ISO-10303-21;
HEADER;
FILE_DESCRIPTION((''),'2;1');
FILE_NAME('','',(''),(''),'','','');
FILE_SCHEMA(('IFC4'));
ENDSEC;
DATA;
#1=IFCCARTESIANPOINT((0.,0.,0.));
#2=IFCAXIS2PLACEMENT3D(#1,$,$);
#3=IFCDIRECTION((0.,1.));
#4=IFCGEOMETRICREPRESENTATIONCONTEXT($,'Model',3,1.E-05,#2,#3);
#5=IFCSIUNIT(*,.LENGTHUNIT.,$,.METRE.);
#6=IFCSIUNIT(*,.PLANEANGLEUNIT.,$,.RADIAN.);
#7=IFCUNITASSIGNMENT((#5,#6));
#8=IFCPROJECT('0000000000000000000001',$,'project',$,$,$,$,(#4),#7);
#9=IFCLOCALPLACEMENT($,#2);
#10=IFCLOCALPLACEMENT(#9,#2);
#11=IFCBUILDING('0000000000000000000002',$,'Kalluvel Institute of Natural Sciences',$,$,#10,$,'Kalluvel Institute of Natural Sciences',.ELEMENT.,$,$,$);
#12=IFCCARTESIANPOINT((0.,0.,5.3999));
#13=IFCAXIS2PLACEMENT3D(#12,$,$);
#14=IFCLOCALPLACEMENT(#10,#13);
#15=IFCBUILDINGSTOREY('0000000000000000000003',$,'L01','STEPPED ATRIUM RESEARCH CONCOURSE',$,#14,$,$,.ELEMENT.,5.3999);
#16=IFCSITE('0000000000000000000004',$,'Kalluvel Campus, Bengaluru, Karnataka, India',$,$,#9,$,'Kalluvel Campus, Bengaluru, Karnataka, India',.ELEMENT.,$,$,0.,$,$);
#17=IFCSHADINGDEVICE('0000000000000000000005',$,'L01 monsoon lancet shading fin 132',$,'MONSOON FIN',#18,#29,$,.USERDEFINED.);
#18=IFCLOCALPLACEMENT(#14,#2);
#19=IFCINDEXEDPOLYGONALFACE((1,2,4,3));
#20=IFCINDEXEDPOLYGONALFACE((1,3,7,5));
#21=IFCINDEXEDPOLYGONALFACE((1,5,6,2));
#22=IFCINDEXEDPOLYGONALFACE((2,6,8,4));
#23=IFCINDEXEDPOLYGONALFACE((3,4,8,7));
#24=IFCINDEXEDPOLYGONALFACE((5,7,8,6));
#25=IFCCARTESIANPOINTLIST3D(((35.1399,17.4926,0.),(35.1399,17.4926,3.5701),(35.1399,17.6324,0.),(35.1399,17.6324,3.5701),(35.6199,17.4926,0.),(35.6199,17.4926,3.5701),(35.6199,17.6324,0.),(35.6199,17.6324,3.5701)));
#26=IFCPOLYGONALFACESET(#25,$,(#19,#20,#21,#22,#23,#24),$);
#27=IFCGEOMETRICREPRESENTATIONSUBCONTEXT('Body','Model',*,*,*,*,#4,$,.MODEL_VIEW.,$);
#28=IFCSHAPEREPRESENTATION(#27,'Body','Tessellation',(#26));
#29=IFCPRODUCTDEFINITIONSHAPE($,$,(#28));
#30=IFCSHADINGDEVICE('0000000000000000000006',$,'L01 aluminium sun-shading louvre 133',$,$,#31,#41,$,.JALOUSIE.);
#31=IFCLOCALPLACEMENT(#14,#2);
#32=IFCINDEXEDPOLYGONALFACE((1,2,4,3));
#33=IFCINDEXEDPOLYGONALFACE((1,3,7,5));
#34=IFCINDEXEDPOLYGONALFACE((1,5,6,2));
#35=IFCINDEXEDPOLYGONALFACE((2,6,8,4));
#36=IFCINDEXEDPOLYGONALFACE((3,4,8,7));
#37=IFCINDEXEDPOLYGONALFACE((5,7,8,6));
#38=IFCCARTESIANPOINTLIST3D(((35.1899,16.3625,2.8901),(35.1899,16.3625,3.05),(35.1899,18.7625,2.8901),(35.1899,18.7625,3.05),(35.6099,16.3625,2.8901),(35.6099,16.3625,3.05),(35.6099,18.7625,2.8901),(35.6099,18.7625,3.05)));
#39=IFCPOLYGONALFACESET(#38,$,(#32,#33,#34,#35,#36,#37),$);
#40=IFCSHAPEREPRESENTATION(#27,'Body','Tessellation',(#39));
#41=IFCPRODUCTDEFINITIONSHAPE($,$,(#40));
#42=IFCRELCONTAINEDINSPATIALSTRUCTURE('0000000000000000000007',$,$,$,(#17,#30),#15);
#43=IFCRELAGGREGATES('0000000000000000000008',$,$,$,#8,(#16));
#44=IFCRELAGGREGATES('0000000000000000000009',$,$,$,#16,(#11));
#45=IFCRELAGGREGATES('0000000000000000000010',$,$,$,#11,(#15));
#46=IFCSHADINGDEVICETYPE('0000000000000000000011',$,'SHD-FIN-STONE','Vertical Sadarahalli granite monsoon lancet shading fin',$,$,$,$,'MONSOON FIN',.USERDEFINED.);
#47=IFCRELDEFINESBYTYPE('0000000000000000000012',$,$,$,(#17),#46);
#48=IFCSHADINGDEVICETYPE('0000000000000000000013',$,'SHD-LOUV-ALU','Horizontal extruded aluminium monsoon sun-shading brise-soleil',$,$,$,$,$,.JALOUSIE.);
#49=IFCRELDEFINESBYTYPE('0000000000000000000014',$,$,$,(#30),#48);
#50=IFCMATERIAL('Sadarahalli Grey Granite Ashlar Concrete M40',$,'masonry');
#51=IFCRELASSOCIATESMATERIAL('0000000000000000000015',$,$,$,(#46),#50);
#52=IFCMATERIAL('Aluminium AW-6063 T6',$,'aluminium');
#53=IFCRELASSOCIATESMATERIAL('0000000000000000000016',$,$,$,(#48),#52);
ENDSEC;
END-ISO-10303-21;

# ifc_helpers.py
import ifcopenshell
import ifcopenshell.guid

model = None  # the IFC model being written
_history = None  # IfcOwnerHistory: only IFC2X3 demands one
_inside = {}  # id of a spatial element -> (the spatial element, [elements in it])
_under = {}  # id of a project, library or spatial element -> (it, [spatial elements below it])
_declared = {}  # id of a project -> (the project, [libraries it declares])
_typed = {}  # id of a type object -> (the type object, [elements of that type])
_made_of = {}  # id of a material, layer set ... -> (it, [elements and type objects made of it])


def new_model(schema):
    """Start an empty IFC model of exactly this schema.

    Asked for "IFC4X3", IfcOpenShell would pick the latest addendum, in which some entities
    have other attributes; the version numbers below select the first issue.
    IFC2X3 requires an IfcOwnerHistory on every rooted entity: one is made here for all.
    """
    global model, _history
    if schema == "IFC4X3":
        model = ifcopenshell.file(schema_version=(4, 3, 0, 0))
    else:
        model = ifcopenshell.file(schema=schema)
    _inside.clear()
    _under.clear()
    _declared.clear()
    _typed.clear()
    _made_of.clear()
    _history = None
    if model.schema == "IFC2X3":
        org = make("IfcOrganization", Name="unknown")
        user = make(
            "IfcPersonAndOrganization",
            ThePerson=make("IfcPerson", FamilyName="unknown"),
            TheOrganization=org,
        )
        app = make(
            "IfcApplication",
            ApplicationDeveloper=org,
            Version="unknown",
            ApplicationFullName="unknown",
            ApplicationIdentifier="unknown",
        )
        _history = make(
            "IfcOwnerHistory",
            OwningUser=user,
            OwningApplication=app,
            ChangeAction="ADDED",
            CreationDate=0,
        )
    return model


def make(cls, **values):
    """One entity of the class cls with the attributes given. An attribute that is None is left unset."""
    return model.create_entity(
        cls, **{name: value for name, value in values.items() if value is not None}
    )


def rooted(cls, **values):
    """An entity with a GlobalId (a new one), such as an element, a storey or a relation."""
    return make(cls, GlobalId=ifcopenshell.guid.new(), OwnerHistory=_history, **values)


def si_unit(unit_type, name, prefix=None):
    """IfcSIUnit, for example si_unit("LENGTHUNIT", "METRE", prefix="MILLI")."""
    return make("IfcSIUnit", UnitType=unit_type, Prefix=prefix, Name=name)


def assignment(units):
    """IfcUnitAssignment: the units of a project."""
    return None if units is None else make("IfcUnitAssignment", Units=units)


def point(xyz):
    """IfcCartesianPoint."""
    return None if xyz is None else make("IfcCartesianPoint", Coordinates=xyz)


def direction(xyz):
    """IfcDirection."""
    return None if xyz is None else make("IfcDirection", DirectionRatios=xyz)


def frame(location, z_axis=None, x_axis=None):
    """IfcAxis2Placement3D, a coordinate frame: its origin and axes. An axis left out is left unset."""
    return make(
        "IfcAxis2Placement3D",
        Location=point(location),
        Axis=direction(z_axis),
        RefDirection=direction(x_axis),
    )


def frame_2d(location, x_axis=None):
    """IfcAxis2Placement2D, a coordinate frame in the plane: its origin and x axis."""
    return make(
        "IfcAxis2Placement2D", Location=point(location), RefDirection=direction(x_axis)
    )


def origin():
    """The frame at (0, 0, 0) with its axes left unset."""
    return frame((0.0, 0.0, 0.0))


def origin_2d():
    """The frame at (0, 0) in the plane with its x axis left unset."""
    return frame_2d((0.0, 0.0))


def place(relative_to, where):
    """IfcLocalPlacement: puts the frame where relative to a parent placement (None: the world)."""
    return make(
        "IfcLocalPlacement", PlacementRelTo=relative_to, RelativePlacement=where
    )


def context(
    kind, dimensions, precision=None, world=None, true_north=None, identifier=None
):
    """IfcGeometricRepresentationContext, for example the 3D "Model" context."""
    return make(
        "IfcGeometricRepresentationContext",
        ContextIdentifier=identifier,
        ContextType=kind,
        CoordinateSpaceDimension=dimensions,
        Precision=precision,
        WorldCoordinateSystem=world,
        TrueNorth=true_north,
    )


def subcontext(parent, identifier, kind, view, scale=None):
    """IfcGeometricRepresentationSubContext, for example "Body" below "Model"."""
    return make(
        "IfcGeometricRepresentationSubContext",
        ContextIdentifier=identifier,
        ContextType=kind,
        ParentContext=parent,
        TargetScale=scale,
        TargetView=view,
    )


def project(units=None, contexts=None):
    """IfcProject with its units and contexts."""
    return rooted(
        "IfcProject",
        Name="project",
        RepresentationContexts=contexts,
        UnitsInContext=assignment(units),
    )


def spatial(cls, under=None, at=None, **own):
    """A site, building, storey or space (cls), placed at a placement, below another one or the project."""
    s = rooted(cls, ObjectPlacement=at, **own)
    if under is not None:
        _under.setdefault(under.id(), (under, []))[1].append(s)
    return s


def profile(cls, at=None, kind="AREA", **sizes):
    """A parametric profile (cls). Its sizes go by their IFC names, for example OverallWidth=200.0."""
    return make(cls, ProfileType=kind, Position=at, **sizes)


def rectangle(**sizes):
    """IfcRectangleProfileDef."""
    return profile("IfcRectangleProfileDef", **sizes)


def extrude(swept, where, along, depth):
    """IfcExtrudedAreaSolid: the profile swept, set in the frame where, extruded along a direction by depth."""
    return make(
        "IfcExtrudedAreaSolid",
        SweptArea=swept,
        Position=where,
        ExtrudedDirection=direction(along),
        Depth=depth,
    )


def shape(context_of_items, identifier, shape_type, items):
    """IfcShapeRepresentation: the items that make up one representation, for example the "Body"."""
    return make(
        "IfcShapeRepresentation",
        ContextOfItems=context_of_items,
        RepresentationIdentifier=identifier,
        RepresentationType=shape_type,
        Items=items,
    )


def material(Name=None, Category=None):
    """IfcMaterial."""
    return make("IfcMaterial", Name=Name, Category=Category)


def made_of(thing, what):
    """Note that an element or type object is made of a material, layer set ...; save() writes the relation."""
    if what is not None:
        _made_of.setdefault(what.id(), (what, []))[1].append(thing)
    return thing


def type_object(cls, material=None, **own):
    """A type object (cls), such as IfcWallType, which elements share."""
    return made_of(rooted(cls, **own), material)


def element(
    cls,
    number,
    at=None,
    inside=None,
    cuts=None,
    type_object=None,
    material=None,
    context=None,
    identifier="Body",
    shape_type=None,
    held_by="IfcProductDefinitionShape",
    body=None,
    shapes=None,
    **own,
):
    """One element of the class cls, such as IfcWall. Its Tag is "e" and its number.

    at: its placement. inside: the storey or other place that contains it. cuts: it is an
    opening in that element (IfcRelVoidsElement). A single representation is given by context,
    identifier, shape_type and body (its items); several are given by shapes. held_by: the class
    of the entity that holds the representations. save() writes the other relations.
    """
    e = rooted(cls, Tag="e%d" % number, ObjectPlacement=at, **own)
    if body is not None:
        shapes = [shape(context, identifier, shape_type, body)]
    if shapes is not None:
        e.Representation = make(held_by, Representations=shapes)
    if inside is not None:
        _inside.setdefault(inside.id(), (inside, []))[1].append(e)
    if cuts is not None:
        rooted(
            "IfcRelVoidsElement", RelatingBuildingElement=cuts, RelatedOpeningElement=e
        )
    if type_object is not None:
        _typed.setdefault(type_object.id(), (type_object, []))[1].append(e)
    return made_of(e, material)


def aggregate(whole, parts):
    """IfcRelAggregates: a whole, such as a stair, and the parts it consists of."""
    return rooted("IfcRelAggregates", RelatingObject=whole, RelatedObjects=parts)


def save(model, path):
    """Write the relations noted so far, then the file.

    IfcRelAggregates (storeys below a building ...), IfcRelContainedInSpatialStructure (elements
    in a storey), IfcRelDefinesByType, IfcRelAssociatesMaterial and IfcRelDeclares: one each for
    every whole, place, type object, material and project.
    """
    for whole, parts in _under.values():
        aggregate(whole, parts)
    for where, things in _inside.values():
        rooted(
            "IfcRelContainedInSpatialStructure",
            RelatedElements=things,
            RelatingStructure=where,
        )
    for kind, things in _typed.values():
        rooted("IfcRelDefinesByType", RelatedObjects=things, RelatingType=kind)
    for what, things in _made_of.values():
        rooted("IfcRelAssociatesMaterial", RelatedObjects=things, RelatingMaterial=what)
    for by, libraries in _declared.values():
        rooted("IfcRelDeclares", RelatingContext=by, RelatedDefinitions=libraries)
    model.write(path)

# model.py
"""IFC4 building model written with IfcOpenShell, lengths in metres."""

from ifc_helpers import new_model, si_unit, direction, frame, origin, origin_2d, place, context, subcontext, project, spatial, rectangle, extrude, material, type_object, element, save


model = new_model("IFC4")

# Units and contexts
model_context = context("Model", 3, precision=1e-05, world=origin(), true_north=direction((0.0, 1.0)))
body_context = subcontext(model_context, "Body", "Model", "MODEL_VIEW")
ifc_project = project(units=[si_unit("LENGTHUNIT", "METRE"), si_unit("PLANEANGLEUNIT", "RADIAN")], contexts=[model_context])

# Site, building, storey
site_placement = place(None, origin())
site = spatial("IfcSite", under=ifc_project, at=site_placement, Name="Kalluvel Campus, Bengaluru, Karnataka, India", LongName="Kalluvel Campus, Bengaluru, Karnataka, India", CompositionType="ELEMENT", RefElevation=0.0)
building_placement = place(site_placement, origin())
building = spatial("IfcBuilding", under=site, at=building_placement, Name="Kalluvel Institute of Natural Sciences", LongName="Kalluvel Institute of Natural Sciences", CompositionType="ELEMENT")
storey_placement = place(building_placement, frame((0.0, 0.0, 5.3999)))
storey = spatial("IfcBuildingStorey", under=building, at=storey_placement, Name="L01", Description="STEPPED ATRIUM RESEARCH CONCOURSE", CompositionType="ELEMENT", Elevation=5.3999)

# Shared definitions
ifc_material_1 = material(Name="Aluminium AW-6063 T6", Category="aluminium")

# Shading devices
ifc_material_2 = material(Name="Sadarahalli Grey Granite Ashlar Concrete M40", Category="masonry")
shading_device_type_1 = type_object("IfcShadingDeviceType", Name="SHD-FIN-STONE", Description="Vertical Sadarahalli granite monsoon lancet shading fin", ElementType="MONSOON FIN", PredefinedType="USERDEFINED", material=ifc_material_2)
shading_device_1_placement = place(storey_placement, frame((35.3799, 17.5625, 0.0), z_axis=(0.0, 0.0, 1.0), x_axis=(0.0, 1.0, 0.0)))
element("IfcShadingDevice", 1, at=shading_device_1_placement, inside=storey, type_object=shading_device_type_1, Name="L01 monsoon lancet shading fin 132", ObjectType="MONSOON FIN", PredefinedType="USERDEFINED", context=body_context, shape_type="SweptSolid", body=[
    extrude(rectangle(XDim=0.1399, YDim=0.48, at=origin_2d()), origin(), (0.0, 0.0, 1.0), 3.5701),
])
shading_device_type_2 = type_object("IfcShadingDeviceType", Name="SHD-LOUV-ALU", Description="Horizontal extruded aluminium monsoon sun-shading brise-soleil", PredefinedType="JALOUSIE", material=ifc_material_1)
shading_device_2_placement = place(storey_placement, frame((35.3999, 17.5625, 2.8901), z_axis=(0.0, 0.0, 1.0), x_axis=(0.0, 1.0, 0.0)))
element("IfcShadingDevice", 2, at=shading_device_2_placement, inside=storey, type_object=shading_device_type_2, Name="L01 aluminium sun-shading louvre 133", PredefinedType="JALOUSIE", context=body_context, shape_type="SweptSolid", body=[
    extrude(rectangle(XDim=2.3999, YDim=0.4199, at=origin_2d()), origin(), (0.0, 0.0, 1.0), 0.1599),
])

save(model, "model.ifc")
